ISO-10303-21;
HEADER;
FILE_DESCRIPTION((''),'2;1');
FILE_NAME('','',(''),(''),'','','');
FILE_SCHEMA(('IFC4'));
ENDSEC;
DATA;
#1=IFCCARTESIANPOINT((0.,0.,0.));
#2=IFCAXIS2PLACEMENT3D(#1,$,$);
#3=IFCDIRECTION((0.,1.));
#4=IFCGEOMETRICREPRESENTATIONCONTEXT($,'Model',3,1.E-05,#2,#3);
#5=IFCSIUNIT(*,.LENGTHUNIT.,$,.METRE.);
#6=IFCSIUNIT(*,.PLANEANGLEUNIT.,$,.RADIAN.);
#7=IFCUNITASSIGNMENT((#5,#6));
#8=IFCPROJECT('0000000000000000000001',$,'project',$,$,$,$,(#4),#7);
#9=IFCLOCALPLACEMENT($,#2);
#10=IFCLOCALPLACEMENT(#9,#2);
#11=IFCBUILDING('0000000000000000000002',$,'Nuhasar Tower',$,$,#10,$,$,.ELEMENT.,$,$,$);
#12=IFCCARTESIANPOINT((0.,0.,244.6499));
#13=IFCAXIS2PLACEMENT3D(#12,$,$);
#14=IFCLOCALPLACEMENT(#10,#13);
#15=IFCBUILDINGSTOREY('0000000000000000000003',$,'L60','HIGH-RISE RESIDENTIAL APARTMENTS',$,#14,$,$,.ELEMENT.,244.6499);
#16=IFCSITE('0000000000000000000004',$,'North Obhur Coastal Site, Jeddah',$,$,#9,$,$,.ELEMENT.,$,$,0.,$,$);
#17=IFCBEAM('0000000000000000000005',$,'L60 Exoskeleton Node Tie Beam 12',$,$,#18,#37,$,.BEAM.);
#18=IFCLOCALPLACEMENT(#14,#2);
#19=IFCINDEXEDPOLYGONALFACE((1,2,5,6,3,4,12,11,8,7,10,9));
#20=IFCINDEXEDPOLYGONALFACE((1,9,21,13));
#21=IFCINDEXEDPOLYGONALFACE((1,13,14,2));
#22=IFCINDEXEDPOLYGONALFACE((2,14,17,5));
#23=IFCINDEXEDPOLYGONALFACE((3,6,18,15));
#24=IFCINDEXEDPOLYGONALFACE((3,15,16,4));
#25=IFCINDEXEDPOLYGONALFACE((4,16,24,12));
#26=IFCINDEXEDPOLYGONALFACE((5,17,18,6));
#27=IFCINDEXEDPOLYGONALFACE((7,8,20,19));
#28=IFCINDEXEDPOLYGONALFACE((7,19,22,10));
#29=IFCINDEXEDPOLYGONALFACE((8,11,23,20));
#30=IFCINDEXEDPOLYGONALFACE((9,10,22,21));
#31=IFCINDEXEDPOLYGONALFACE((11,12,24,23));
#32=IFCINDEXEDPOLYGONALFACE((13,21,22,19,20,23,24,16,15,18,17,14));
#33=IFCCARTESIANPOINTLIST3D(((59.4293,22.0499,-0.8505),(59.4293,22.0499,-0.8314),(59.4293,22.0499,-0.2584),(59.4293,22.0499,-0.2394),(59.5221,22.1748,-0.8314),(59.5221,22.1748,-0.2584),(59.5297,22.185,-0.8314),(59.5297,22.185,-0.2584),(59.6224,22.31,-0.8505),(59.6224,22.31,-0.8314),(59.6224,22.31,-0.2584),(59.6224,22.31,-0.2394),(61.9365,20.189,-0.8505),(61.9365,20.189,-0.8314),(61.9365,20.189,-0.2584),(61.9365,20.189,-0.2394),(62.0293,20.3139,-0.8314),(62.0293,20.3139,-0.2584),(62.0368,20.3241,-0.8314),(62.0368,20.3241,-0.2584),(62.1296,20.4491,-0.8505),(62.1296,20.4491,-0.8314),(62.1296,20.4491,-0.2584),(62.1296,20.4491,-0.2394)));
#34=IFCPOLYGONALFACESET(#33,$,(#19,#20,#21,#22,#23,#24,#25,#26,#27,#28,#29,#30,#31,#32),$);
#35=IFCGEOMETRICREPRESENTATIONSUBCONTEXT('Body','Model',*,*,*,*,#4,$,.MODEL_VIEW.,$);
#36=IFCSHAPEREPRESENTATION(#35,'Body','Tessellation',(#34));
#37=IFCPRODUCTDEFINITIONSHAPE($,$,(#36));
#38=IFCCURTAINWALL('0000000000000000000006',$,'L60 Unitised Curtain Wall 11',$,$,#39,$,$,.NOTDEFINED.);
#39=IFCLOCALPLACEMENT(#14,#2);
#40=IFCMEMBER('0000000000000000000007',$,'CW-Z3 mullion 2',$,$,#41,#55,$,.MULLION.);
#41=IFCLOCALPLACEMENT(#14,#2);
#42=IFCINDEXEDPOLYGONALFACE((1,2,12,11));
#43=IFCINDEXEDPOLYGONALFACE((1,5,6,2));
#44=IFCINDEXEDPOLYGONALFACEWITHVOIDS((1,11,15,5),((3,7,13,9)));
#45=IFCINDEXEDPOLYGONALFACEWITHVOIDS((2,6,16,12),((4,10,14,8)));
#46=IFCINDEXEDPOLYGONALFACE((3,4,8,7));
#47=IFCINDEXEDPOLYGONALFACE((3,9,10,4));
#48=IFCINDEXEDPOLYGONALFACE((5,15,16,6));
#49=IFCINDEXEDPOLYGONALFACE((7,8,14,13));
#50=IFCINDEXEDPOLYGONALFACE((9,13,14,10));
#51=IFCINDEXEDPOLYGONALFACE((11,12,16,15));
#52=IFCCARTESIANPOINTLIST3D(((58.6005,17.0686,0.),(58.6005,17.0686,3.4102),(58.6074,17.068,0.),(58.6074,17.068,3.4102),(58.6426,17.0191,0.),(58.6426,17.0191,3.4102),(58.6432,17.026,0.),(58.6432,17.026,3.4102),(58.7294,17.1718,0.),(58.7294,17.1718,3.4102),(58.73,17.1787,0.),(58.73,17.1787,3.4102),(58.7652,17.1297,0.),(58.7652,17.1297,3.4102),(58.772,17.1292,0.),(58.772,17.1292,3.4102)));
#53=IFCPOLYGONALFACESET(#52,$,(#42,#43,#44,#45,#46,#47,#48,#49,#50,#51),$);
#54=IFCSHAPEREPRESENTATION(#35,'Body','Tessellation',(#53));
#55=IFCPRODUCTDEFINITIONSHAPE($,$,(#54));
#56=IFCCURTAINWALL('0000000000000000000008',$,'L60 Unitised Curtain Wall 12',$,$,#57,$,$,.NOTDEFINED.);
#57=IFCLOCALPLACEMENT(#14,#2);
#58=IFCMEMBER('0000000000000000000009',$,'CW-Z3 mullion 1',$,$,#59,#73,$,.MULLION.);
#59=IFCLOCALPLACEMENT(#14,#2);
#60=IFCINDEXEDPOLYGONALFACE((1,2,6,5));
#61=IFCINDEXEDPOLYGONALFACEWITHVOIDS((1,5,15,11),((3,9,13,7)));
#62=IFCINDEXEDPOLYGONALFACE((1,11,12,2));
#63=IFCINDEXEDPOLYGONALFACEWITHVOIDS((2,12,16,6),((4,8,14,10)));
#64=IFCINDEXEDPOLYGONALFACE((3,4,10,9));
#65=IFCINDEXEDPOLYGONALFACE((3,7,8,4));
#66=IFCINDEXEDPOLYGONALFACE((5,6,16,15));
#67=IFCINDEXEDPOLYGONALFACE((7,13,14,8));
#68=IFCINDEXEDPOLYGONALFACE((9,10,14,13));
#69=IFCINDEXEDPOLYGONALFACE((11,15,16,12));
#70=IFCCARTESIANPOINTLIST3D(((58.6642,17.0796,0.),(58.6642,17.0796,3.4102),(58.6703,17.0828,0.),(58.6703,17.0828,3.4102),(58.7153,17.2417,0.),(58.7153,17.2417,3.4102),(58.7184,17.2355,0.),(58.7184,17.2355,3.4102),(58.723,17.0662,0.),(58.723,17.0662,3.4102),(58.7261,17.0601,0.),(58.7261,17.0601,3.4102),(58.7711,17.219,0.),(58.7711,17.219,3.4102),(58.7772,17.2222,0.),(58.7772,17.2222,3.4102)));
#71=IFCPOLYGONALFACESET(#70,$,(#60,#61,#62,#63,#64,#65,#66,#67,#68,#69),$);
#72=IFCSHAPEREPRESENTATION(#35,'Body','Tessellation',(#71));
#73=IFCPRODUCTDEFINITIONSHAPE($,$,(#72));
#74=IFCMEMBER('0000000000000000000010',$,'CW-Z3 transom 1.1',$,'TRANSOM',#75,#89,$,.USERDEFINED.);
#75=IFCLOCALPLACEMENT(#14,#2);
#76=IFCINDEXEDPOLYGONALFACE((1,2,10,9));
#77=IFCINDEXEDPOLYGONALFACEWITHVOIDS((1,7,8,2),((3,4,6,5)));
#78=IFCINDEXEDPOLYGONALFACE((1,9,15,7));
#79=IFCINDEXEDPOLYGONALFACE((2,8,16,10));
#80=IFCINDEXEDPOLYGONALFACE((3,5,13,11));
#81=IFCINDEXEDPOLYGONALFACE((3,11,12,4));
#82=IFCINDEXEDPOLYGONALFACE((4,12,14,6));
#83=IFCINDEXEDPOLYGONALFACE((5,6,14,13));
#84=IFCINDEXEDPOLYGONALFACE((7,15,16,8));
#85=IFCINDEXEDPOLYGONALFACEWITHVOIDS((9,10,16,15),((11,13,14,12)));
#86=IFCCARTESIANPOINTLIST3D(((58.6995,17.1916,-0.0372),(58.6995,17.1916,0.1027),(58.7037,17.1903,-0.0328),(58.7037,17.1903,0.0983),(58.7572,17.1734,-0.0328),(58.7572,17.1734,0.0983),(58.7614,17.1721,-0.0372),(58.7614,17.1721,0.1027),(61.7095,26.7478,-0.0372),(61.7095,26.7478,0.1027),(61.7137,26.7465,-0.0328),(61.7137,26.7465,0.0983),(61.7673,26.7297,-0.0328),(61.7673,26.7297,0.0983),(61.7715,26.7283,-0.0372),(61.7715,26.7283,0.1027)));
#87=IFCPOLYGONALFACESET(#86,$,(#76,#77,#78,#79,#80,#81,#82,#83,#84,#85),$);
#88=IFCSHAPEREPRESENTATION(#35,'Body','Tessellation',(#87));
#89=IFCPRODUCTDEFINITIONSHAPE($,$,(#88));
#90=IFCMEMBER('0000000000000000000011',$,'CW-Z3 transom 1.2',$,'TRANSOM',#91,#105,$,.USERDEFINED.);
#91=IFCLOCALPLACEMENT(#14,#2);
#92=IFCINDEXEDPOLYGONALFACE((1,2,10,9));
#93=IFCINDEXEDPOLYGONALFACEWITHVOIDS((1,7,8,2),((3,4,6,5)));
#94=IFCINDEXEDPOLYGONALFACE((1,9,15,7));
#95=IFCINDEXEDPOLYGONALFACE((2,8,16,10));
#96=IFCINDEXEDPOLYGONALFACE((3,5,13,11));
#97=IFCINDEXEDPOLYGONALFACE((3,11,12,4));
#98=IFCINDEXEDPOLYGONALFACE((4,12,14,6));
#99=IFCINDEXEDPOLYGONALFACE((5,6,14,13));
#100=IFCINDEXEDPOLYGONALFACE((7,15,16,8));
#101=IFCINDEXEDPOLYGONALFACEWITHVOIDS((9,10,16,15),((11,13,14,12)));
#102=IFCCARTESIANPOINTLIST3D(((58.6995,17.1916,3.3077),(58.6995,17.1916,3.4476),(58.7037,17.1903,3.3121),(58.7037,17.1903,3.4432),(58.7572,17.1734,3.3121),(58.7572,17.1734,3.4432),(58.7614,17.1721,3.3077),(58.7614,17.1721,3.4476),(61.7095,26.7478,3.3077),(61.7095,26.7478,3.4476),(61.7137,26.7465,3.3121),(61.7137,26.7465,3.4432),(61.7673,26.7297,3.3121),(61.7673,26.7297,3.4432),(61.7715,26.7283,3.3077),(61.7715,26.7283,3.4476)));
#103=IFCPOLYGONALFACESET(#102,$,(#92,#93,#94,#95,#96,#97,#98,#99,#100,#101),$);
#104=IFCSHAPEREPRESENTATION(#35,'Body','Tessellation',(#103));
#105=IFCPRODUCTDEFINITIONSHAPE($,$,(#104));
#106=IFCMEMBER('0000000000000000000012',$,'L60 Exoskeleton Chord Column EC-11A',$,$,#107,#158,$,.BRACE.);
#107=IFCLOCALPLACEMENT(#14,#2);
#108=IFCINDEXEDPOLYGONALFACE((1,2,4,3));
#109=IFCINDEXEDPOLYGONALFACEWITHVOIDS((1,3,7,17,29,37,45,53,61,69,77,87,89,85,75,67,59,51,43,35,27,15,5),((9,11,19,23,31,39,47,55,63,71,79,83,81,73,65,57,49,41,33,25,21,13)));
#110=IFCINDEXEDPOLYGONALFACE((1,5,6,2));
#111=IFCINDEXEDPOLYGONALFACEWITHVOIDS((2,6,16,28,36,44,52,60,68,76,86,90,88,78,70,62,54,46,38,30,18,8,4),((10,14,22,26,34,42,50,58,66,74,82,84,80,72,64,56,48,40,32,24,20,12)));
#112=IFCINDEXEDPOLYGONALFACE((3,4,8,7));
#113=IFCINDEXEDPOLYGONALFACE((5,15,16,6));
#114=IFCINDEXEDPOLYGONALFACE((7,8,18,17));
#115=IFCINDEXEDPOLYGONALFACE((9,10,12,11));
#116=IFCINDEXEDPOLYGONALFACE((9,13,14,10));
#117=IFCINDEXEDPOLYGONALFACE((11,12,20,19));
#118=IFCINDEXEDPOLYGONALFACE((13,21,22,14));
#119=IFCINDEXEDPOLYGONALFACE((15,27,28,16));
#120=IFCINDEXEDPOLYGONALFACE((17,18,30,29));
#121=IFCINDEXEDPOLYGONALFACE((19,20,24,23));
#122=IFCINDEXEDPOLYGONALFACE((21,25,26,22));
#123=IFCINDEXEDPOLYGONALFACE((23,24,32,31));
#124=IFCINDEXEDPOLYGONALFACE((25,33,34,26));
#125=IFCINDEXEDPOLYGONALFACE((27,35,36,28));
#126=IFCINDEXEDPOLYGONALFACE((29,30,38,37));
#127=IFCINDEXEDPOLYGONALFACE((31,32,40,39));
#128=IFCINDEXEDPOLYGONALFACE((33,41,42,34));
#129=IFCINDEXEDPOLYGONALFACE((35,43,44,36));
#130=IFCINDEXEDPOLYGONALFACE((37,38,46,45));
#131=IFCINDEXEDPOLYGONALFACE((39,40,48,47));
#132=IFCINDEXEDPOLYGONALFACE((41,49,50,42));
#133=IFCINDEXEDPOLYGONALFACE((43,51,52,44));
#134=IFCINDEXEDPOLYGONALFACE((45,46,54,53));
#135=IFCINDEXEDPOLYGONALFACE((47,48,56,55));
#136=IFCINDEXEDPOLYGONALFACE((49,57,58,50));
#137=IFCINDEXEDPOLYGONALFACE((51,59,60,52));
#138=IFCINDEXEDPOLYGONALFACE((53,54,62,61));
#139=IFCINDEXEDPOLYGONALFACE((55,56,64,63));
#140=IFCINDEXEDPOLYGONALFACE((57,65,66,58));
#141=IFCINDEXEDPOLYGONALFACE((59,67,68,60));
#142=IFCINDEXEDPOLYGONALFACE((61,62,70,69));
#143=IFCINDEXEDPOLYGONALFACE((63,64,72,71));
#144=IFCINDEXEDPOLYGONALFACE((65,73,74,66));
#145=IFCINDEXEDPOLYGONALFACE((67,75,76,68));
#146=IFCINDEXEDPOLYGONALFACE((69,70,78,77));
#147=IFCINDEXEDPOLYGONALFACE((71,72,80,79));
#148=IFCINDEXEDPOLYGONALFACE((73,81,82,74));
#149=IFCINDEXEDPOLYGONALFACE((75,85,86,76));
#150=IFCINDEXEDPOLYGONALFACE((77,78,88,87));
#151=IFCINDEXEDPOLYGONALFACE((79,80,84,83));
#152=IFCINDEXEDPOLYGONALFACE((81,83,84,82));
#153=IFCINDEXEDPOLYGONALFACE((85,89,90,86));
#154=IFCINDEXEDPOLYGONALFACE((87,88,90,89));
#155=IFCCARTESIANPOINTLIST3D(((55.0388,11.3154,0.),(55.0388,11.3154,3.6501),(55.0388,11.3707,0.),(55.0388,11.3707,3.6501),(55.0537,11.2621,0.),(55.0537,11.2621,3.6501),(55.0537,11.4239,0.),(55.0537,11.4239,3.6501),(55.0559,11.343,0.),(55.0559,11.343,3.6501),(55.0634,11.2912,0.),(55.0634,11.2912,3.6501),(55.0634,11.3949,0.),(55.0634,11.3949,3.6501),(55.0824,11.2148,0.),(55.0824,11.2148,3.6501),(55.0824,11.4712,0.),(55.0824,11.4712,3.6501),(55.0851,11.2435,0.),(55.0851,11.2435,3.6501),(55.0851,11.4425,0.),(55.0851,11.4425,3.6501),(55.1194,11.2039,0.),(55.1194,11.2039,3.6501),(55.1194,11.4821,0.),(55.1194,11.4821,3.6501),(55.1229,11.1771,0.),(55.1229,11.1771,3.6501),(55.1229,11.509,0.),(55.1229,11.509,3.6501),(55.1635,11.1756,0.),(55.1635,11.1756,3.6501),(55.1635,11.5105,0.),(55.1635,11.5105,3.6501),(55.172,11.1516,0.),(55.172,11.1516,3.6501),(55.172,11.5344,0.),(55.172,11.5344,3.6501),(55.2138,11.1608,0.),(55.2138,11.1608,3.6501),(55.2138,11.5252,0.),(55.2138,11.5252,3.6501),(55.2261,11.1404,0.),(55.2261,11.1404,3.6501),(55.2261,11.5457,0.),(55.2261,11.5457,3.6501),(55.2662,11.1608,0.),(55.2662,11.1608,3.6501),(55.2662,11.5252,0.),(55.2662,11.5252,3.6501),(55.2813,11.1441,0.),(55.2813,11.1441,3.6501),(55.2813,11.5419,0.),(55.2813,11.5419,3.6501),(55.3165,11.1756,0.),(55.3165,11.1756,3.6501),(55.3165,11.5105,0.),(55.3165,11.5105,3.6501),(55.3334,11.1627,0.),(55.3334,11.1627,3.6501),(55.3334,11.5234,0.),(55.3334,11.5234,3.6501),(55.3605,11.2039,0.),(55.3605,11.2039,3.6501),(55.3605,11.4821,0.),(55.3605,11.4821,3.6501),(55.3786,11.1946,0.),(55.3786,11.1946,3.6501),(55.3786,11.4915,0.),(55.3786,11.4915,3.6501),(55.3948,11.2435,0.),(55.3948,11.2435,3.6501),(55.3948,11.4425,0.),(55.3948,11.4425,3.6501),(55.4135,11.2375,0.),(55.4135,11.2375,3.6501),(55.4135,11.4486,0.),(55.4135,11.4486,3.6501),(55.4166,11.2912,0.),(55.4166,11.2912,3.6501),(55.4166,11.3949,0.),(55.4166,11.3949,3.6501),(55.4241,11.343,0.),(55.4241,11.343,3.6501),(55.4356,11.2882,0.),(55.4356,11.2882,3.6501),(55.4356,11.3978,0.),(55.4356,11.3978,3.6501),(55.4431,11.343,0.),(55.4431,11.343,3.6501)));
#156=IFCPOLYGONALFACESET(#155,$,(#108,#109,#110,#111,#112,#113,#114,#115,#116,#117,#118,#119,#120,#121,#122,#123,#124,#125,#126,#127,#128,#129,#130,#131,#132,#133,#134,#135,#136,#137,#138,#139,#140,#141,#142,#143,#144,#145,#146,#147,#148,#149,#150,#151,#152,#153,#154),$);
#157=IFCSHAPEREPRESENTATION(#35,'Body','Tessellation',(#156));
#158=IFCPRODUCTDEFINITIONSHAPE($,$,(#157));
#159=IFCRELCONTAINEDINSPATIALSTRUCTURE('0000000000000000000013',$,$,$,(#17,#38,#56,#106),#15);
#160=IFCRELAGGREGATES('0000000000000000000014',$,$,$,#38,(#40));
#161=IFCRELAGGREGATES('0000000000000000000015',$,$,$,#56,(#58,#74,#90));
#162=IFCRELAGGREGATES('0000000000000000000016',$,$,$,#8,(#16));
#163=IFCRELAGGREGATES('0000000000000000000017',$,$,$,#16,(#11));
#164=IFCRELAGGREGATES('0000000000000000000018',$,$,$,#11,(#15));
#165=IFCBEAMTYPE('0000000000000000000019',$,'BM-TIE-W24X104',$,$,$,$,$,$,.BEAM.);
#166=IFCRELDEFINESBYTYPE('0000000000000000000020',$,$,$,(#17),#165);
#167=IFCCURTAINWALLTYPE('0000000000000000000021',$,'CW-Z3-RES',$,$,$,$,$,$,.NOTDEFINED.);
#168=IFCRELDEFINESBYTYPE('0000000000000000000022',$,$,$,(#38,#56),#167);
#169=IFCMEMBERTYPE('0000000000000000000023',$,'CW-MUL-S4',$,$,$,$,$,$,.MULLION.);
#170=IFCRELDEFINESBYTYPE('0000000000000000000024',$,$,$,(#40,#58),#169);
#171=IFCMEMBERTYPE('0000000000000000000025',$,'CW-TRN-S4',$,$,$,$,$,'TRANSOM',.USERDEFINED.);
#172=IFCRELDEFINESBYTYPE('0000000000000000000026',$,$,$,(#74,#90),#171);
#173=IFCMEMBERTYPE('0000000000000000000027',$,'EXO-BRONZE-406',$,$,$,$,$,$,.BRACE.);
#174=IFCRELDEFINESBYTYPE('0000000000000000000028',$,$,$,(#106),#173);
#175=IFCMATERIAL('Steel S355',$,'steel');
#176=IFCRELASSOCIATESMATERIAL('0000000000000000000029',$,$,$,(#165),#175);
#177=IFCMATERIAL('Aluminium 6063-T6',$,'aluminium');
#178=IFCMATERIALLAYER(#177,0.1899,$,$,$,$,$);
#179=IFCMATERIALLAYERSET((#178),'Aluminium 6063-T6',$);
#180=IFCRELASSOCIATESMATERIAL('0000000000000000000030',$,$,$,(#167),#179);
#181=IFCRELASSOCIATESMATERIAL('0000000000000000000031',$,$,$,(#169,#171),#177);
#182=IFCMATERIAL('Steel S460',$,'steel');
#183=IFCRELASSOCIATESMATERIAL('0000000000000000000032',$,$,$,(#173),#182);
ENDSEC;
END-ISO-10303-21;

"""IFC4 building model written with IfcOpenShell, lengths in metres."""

from ifc_helpers import new_model, si_unit, direction, frame, origin, origin_2d, place, context, subcontext, project, spatial, hollow_rectangle, hollow_circle, i_section, extrude, material, layer, layer_set, material_profile, profile_set, type_object, element, aggregate, save


model = new_model("IFC4")

# Units and contexts
model_context = context("Model", 3, precision=1e-05, world=origin(), true_north=direction((0.0, 1.0)))
body_context = subcontext(model_context, "Body", "Model", "MODEL_VIEW")
ifc_project = project(units=[si_unit("LENGTHUNIT", "METRE"), si_unit("PLANEANGLEUNIT", "RADIAN")], contexts=[model_context])

# Site, building, storey
site_placement = place(None, origin())
site = spatial("IfcSite", under=ifc_project, at=site_placement, Name="North Obhur Coastal Site, Jeddah", CompositionType="ELEMENT", RefElevation=0.0)
building_placement = place(site_placement, origin())
building = spatial("IfcBuilding", under=site, at=building_placement, Name="Nuhasar Tower", CompositionType="ELEMENT")
storey_placement = place(building_placement, frame((0.0, 0.0, 244.6499)))
storey = spatial("IfcBuildingStorey", under=building, at=storey_placement, Name="L60", Description="HIGH-RISE RESIDENTIAL APARTMENTS", CompositionType="ELEMENT", Elevation=244.6499)

# Beam
ifc_material_1 = material(Name="Steel S355", Category="steel")
ifc_material_profile_1 = material_profile(ifc_material_1, i_section(OverallWidth=0.324, OverallDepth=0.6111, WebThickness=0.0127, FlangeThickness=0.019, at=origin_2d()), Name="W24X104")
ifc_profile_set_1 = profile_set([ifc_material_profile_1], Name="Steel S355")
beam_type_1 = type_object("IfcBeamType", Name="BM-TIE-W24X104", PredefinedType="BEAM", material=ifc_profile_set_1)
beam_1_placement = place(storey_placement, frame((59.5259, 22.1799, -0.5449), z_axis=(0.802983, -0.596001, 0.0), x_axis=(0.596001, 0.802983, 0.0)))
element("IfcBeam", 1, at=beam_1_placement, inside=storey, type_object=beam_type_1, Name="L60 Exoskeleton Node Tie Beam 12", PredefinedType="BEAM", context=body_context, shape_type="SweptSolid", body=[
    extrude(i_section(OverallWidth=0.324, OverallDepth=0.6111, WebThickness=0.0127, FlangeThickness=0.019, at=origin_2d()), origin(), (0.0, 0.0, 1.0), 3.1223),
])

# Curtain wall, member
ifc_material_2 = material(Name="Aluminium 6063-T6", Category="aluminium")
ifc_layer_1 = layer(ifc_material_2, 0.1899)
ifc_layer_set_1 = layer_set([ifc_layer_1], Name="Aluminium 6063-T6")
curtain_wall_type = type_object("IfcCurtainWallType", Name="CW-Z3-RES", PredefinedType="NOTDEFINED", material=ifc_layer_set_1)
curtain_wall_1_placement = place(storey_placement, origin())
curtain_wall_1 = element("IfcCurtainWall", 2, at=curtain_wall_1_placement, inside=storey, type_object=curtain_wall_type, Name="L60 Unitised Curtain Wall 11", PredefinedType="NOTDEFINED")
ifc_material_profile_2 = material_profile(ifc_material_2, hollow_rectangle(XDim=0.0649, YDim=0.1699, WallThickness=0.0049, at=origin_2d()), Name="CWM-4")
ifc_profile_set_2 = profile_set([ifc_material_profile_2], Name="Aluminium 6063-T6")
member_type_1 = type_object("IfcMemberType", Name="CW-MUL-S4", PredefinedType="MULLION", material=ifc_profile_set_2)
member_1_placement = place(storey_placement, frame((58.6863, 17.0989, 0.0), z_axis=(0.0, 0.0, 1.0), x_axis=(-0.647895, 0.761729, 0.0)))
member_1 = element("IfcMember", 3, at=member_1_placement, type_object=member_type_1, Name="CW-Z3 mullion 2", PredefinedType="MULLION", context=body_context, shape_type="SweptSolid", body=[
    extrude(hollow_rectangle(XDim=0.0649, YDim=0.1699, WallThickness=0.0049, at=origin_2d()), origin(), (0.0, 0.0, 1.0), 3.4102),
])

# Curtain wall, members
curtain_wall_2_placement = place(storey_placement, origin())
curtain_wall_2 = element("IfcCurtainWall", 4, at=curtain_wall_2_placement, inside=storey, type_object=curtain_wall_type, Name="L60 Unitised Curtain Wall 12", PredefinedType="NOTDEFINED")
member_2_placement = place(storey_placement, frame((58.7207, 17.1509, 0.0), z_axis=(0.0, 0.0, 1.0), x_axis=(-0.953804, 0.300429, 0.0)))
member_2 = element("IfcMember", 5, at=member_2_placement, type_object=member_type_1, Name="CW-Z3 mullion 1", PredefinedType="MULLION", context=body_context, shape_type="SweptSolid", body=[
    extrude(hollow_rectangle(XDim=0.0649, YDim=0.1699, WallThickness=0.0049, at=origin_2d()), origin(), (0.0, 0.0, 1.0), 3.4102),
])
ifc_material_profile_3 = material_profile(ifc_material_2, hollow_rectangle(XDim=0.0649, YDim=0.1399, WallThickness=0.0044, at=origin_2d()), Name="CWT-4")
ifc_profile_set_3 = profile_set([ifc_material_profile_3], Name="Aluminium 6063-T6")
member_type_2 = type_object("IfcMemberType", Name="CW-TRN-S4", ElementType="TRANSOM", PredefinedType="USERDEFINED", material=ifc_profile_set_3)
member_3_placement = place(storey_placement, frame((58.7305, 17.1819, 0.0327), z_axis=(0.30043, 0.953804, 0.0), x_axis=(-0.953804, 0.30043, 0.0)))
member_3 = element("IfcMember", 6, at=member_3_placement, type_object=member_type_2, Name="CW-Z3 transom 1.1", ObjectType="TRANSOM", PredefinedType="USERDEFINED", context=body_context, shape_type="SweptSolid", body=[
    extrude(hollow_rectangle(XDim=0.0649, YDim=0.1399, WallThickness=0.0044, at=origin_2d()), origin(), (0.0, 0.0, 1.0), 10.019),
])
member_4_placement = place(storey_placement, frame((58.7305, 17.1819, 3.3777), z_axis=(0.30043, 0.953804, 0.0), x_axis=(-0.953804, 0.30043, 0.0)))
member_4 = element("IfcMember", 7, at=member_4_placement, type_object=member_type_2, Name="CW-Z3 transom 1.2", ObjectType="TRANSOM", PredefinedType="USERDEFINED", context=body_context, shape_type="SweptSolid", body=[
    extrude(hollow_rectangle(XDim=0.0649, YDim=0.1399, WallThickness=0.0044, at=origin_2d()), origin(), (0.0, 0.0, 1.0), 10.019),
])

# Member
ifc_material_3 = material(Name="Steel S460", Category="steel")
ifc_material_profile_4 = material_profile(ifc_material_3, hollow_circle(Radius=0.2031, WallThickness=0.019, at=origin_2d()), Name="HSS406.4X19.1")
ifc_profile_set_4 = profile_set([ifc_material_profile_4], Name="Steel S460")
member_type_3 = type_object("IfcMemberType", Name="EXO-BRONZE-406", PredefinedType="BRACE", material=ifc_profile_set_4)
for number, where, z_axis, x_axis, name in (
    (8, (55.24, 11.343, 0.0), (0.0, 0.0, 1.0), (1.0, 0.0, 0.0), "L60 Exoskeleton Chord Column EC-11A"),
):
    element("IfcMember", number, at=place(storey_placement, frame(where, z_axis=z_axis, x_axis=x_axis)), inside=storey, type_object=member_type_3, Name=name, PredefinedType="BRACE", context=body_context, shape_type="SweptSolid", body=[
        extrude(hollow_circle(Radius=0.2031, WallThickness=0.019, at=origin_2d()), origin(), (0.0, 0.0, 1.0), 3.6501),
    ])

aggregate(curtain_wall_1, [member_1])
aggregate(curtain_wall_2, [member_2, member_3, member_4])

save(model, "model.ifc")
